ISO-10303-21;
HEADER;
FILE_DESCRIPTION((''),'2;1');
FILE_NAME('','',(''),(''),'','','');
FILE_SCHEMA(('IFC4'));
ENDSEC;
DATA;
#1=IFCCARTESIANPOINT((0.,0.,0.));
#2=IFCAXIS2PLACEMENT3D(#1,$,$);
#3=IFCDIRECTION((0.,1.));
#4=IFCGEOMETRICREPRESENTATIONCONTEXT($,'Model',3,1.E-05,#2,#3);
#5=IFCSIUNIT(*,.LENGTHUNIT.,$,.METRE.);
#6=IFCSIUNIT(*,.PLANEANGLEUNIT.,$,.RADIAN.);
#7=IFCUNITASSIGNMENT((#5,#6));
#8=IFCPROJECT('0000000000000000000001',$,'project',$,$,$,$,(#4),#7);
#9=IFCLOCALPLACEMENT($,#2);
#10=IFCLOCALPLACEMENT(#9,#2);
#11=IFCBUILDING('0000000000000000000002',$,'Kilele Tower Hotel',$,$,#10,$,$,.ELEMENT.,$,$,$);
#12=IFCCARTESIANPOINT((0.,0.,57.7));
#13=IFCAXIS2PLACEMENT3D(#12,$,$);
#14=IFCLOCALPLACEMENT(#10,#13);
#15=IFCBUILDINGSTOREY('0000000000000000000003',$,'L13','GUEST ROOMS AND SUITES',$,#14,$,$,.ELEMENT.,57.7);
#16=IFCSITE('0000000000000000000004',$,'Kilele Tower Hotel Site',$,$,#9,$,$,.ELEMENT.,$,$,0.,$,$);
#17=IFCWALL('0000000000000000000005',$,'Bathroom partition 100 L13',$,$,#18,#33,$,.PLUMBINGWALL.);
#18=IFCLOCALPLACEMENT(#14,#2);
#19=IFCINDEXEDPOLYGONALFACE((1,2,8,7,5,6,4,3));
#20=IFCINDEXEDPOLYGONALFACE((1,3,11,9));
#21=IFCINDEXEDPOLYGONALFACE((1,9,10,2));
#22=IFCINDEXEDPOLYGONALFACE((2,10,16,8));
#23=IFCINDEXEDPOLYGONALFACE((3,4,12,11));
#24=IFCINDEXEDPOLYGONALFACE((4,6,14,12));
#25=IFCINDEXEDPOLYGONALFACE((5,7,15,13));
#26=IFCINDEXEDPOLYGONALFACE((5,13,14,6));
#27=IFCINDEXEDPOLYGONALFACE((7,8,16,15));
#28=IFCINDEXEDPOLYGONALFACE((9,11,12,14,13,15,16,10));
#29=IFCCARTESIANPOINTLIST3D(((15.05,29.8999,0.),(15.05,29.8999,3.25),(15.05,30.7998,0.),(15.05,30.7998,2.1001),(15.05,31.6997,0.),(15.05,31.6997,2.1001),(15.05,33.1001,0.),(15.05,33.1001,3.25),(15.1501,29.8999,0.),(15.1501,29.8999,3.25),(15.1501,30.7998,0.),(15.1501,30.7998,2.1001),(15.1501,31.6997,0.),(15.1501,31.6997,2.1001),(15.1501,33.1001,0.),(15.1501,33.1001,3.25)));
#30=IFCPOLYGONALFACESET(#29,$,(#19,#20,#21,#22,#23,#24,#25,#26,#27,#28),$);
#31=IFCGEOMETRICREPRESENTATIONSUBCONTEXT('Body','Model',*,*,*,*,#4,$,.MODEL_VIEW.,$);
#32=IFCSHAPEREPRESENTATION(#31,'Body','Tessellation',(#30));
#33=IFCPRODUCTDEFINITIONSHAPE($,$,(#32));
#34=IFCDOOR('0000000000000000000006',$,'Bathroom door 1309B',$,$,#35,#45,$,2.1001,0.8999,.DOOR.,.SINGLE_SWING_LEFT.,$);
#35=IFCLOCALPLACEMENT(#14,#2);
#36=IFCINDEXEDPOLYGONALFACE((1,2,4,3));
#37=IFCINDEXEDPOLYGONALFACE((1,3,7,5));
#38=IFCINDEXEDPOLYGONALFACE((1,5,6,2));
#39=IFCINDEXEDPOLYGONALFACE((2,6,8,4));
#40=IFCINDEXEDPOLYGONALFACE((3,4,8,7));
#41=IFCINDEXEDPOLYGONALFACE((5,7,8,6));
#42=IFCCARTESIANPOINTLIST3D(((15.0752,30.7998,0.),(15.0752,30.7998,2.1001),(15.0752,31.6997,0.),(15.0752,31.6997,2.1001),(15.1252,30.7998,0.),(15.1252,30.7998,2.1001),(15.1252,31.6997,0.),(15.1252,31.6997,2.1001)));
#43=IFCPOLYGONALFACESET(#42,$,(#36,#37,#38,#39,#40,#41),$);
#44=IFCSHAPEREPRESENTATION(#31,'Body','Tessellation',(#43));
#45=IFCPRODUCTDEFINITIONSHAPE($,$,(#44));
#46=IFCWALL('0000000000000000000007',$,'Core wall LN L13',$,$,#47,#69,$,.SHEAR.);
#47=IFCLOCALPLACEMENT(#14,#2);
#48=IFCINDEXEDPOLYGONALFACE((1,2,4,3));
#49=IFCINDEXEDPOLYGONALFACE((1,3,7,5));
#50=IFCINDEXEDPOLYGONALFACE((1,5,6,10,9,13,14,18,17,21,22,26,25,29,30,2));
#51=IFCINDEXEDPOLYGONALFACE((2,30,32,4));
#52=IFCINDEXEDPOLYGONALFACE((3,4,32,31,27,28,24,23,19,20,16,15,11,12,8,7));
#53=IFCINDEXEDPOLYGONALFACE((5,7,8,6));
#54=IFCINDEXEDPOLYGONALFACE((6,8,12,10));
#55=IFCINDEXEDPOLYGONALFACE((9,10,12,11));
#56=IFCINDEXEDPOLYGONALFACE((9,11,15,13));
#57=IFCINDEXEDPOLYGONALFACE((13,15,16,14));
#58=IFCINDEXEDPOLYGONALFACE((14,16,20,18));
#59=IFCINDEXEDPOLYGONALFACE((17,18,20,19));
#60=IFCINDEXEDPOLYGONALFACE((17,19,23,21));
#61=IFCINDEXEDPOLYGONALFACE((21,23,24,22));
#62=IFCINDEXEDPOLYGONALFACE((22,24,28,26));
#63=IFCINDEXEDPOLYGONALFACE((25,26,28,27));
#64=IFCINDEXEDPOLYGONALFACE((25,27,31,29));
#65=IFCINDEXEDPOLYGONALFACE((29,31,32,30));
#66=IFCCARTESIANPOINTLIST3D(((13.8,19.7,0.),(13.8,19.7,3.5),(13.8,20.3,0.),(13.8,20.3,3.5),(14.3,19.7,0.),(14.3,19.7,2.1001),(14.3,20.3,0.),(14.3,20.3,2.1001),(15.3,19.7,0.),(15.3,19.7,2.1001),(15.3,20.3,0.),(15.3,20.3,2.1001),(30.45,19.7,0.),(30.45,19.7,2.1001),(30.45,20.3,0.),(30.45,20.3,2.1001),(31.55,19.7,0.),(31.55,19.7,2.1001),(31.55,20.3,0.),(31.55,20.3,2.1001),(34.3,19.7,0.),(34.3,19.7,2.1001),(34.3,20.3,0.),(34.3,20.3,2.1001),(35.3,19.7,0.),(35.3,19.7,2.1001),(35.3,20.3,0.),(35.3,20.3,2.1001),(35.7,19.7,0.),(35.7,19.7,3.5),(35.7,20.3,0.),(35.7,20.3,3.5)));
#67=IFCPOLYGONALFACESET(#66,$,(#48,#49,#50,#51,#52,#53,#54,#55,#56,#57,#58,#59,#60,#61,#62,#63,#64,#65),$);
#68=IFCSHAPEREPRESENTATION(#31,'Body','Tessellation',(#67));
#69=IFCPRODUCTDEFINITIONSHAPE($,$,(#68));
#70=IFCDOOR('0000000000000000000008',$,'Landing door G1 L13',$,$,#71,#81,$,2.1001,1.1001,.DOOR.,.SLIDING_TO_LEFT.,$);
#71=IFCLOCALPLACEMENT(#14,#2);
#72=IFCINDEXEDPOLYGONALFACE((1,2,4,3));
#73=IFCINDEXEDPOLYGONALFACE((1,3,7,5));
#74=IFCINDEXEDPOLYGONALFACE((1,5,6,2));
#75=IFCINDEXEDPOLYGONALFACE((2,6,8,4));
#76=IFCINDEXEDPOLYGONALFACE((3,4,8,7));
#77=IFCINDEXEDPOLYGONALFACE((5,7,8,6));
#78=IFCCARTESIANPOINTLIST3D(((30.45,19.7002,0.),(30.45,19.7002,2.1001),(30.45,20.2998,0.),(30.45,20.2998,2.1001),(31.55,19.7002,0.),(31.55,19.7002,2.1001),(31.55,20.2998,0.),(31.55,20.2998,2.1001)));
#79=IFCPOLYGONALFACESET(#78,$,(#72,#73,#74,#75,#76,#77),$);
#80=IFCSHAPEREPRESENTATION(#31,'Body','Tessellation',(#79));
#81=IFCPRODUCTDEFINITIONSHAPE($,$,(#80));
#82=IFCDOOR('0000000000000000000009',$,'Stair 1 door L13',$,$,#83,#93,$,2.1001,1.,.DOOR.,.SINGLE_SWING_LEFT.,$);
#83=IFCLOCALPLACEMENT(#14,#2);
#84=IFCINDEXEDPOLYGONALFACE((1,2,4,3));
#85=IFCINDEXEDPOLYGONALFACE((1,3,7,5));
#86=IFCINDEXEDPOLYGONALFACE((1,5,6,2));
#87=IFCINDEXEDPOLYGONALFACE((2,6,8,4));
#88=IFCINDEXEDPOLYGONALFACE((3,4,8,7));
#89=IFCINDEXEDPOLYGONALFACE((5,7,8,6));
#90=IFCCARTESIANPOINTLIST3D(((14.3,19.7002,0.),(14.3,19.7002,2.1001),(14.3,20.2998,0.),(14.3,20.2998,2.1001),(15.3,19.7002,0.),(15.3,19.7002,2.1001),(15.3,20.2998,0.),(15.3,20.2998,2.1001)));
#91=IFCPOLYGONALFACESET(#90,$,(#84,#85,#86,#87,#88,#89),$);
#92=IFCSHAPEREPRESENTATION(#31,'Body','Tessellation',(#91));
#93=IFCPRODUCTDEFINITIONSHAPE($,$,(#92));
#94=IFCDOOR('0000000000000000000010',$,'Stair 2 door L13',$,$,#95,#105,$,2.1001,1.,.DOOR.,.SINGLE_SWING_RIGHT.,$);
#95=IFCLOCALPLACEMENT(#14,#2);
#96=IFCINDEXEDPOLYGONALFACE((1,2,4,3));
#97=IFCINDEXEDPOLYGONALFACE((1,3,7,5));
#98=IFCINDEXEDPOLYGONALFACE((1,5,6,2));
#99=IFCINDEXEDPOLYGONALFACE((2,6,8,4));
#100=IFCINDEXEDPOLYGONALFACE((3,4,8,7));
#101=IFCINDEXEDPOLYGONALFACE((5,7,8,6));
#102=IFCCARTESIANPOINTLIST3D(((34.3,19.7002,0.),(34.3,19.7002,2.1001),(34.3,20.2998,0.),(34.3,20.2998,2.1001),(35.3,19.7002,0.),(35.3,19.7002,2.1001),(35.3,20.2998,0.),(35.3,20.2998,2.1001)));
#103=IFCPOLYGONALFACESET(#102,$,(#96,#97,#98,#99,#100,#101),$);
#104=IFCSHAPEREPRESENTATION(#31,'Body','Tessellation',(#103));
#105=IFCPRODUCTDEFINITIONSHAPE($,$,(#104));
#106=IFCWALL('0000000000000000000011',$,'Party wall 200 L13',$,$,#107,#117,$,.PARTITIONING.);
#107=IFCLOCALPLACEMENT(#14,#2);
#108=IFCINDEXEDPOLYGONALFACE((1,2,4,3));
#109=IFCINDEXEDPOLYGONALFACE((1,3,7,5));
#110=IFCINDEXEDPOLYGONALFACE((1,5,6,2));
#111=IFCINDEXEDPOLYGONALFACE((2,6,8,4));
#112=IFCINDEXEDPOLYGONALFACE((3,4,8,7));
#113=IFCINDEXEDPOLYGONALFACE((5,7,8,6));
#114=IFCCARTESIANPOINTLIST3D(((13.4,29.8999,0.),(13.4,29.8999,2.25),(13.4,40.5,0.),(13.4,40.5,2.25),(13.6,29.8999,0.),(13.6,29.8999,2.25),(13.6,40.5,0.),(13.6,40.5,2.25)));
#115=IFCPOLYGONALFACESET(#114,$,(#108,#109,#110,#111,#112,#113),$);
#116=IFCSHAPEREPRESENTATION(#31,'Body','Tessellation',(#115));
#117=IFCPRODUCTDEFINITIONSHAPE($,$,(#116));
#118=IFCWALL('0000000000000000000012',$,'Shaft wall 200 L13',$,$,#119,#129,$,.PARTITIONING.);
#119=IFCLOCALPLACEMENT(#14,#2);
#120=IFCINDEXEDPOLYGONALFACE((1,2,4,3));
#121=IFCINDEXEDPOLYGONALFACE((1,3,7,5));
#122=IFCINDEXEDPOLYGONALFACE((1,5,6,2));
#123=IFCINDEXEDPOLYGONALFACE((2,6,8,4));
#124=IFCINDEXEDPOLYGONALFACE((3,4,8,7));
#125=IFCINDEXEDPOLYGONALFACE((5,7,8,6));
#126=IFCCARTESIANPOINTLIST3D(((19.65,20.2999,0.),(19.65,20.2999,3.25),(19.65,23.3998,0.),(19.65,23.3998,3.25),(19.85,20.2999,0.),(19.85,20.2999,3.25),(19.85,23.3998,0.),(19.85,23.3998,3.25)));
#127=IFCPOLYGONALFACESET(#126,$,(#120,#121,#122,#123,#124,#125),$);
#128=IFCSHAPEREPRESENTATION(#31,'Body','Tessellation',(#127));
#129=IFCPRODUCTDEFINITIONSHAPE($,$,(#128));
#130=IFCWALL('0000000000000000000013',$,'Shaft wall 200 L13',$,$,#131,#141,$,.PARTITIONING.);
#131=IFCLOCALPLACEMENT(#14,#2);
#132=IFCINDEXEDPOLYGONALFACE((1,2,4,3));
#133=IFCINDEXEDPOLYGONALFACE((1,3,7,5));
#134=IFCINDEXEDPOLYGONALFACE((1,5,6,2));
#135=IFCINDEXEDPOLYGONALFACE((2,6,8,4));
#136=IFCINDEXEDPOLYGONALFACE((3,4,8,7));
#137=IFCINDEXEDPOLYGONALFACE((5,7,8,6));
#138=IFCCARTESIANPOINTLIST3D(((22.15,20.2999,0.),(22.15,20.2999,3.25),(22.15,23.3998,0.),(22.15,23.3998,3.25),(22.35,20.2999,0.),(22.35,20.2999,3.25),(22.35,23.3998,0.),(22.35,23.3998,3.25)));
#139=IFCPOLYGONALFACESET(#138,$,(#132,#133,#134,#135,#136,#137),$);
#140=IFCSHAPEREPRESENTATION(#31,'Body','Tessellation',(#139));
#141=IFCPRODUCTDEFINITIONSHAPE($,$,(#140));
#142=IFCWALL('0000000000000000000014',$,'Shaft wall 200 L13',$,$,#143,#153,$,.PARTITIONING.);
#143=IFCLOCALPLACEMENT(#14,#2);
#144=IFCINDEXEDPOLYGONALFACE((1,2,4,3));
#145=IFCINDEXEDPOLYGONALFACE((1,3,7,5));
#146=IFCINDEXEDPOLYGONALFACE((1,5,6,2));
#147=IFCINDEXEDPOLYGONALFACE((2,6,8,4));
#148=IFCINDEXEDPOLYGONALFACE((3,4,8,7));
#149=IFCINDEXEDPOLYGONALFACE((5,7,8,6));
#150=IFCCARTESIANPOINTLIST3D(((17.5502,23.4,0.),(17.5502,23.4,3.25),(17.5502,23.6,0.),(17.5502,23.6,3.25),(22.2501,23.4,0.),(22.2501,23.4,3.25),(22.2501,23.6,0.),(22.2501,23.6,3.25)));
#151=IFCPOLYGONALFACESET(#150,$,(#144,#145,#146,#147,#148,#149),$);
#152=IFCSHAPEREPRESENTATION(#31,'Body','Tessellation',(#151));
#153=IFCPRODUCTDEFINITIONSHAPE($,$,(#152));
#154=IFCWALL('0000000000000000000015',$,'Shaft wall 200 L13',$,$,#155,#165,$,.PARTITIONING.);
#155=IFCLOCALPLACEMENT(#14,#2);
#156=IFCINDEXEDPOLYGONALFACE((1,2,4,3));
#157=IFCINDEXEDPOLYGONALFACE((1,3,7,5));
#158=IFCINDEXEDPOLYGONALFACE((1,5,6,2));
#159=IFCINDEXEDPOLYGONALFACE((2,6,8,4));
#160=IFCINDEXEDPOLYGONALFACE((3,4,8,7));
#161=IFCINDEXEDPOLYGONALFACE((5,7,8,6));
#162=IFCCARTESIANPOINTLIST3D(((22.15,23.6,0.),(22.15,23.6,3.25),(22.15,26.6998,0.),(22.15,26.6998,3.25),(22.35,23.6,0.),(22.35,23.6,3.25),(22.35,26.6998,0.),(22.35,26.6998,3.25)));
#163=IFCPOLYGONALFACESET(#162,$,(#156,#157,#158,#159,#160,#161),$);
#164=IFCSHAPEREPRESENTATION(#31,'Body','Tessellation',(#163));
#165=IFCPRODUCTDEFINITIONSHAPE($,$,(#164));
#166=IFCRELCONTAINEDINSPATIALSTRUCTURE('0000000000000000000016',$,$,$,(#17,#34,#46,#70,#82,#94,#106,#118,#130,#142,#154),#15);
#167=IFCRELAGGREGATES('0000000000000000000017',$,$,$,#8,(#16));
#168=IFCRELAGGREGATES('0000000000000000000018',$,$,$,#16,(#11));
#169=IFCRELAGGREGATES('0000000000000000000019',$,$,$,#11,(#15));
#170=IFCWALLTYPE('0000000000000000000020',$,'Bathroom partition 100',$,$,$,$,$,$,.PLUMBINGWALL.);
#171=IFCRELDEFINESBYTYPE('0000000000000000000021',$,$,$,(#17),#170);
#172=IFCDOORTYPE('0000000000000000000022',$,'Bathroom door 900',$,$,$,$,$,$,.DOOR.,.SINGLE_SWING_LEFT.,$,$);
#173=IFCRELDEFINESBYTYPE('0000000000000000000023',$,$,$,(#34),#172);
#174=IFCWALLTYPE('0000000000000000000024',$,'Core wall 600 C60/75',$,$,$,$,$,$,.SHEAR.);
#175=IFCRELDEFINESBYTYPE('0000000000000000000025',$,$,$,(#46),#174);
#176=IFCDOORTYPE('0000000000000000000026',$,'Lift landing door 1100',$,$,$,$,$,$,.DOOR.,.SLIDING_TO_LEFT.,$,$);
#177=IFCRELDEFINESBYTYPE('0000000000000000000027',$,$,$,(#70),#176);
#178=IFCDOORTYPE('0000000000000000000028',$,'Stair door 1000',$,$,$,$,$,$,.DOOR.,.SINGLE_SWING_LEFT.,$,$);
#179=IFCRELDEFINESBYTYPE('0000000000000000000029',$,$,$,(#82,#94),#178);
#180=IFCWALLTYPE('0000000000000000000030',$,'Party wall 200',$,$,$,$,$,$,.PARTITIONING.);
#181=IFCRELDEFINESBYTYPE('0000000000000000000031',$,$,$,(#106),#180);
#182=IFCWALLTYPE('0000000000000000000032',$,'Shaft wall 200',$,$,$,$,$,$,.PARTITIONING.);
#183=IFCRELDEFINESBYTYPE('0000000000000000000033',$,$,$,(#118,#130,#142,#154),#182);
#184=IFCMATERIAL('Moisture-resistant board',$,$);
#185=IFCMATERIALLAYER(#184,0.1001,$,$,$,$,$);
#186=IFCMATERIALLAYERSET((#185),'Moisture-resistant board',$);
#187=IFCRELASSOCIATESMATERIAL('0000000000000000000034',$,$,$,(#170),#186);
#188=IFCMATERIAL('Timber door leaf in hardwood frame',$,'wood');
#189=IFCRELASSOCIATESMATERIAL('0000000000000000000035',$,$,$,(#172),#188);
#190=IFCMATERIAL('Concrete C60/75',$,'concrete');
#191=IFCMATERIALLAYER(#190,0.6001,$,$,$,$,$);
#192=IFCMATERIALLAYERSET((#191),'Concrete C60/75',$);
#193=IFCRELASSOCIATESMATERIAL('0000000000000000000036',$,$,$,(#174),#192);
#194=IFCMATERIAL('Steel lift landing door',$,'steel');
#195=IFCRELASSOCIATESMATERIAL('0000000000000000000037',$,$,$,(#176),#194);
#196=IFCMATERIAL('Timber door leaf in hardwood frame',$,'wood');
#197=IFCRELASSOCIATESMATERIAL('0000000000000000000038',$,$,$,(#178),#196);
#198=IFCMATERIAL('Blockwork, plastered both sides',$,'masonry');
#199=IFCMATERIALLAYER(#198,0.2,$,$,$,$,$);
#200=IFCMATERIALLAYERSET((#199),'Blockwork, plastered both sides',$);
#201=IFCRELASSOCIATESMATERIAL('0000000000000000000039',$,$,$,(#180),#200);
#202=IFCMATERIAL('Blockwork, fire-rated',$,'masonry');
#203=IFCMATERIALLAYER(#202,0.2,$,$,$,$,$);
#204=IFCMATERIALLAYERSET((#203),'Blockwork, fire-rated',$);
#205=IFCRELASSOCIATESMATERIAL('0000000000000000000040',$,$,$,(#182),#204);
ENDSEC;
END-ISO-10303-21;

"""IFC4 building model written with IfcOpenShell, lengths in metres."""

from ifc_helpers import new_model, si_unit, direction, frame, frame_2d, origin, place, context, subcontext, project, spatial, rectangle, extrude, material, layer, layer_set, type_object, element, fill, save


model = new_model("IFC4")

# Units and contexts
model_context = context("Model", 3, precision=1e-05, world=origin(), true_north=direction((0.0, 1.0)))
body_context = subcontext(model_context, "Body", "Model", "MODEL_VIEW")
ifc_project = project(units=[si_unit("LENGTHUNIT", "METRE"), si_unit("PLANEANGLEUNIT", "RADIAN")], contexts=[model_context])

# Site, building, storey
site_placement = place(None, origin())
site = spatial("IfcSite", under=ifc_project, at=site_placement, Name="Kilele Tower Hotel Site", CompositionType="ELEMENT", RefElevation=0.0)
building_placement = place(site_placement, origin())
building = spatial("IfcBuilding", under=site, at=building_placement, Name="Kilele Tower Hotel", CompositionType="ELEMENT")
storey_placement = place(building_placement, frame((0.0, 0.0, 57.7)))
storey = spatial("IfcBuildingStorey", under=building, at=storey_placement, Name="L13", Description="GUEST ROOMS AND SUITES", CompositionType="ELEMENT", Elevation=57.7)

# Wall, opening, door
ifc_material_1 = material(Name="Moisture-resistant board")
ifc_layer_1 = layer(ifc_material_1, 0.1001)
ifc_layer_set_1 = layer_set([ifc_layer_1], Name="Moisture-resistant board")
wall_type_1 = type_object("IfcWallType", Name="Bathroom partition 100", PredefinedType="PLUMBINGWALL", material=ifc_layer_set_1)
wall_1_placement = place(storey_placement, frame((15.1001, 29.8999, 0.0), z_axis=(0.0, 0.0, 1.0), x_axis=(0.0, 1.0, 0.0)))
wall_1 = element("IfcWall", 1, at=wall_1_placement, inside=storey, type_object=wall_type_1, Name="Bathroom partition 100 L13", PredefinedType="PLUMBINGWALL", context=body_context, shape_type="SweptSolid", body=[
    extrude(rectangle(XDim=3.2002, YDim=0.1001, at=frame_2d((1.6001, 0.0))), origin(), (0.0, 0.0, 1.0), 3.25),
])
opening_1_placement = place(wall_1_placement, frame((0.8999, 0.0, 0.0)))
opening_1 = element("IfcOpeningElement", 2, at=opening_1_placement, cuts=wall_1, PredefinedType="OPENING", context=body_context, shape_type="SweptSolid", body=[
    extrude(rectangle(XDim=0.8999, YDim=2.1001, at=frame_2d((0.45, 1.05))), frame((0.0, 0.0601, 0.0), z_axis=(0.0, -1.0, 0.0), x_axis=(1.0, 0.0, 0.0)), (0.0, 0.0, 1.0), 0.1201),
])
ifc_material_2 = material(Name="Timber door leaf in hardwood frame", Category="wood")
door_type_1 = type_object("IfcDoorType", Name="Bathroom door 900", OperationType="SINGLE_SWING_LEFT", PredefinedType="DOOR", material=ifc_material_2)
door_1_placement = place(opening_1_placement, origin())
door_1 = element("IfcDoor", 3, at=door_1_placement, inside=storey, type_object=door_type_1, Name="Bathroom door 1309B", OperationType="SINGLE_SWING_LEFT", OverallHeight=2.1001, OverallWidth=0.8999, PredefinedType="DOOR", context=body_context, shape_type="SweptSolid", body=[
    extrude(rectangle(XDim=0.8999, YDim=2.1001, at=frame_2d((0.45, 1.05))), frame((0.0, 0.0249, 0.0), z_axis=(0.0, -1.0, 0.0), x_axis=(1.0, 0.0, 0.0)), (0.0, 0.0, 1.0), 0.05),
])
fill(opening_1, door_1)

# Wall, openings, doors
ifc_material_3 = material(Name="Concrete C60/75", Category="concrete")
ifc_layer_2 = layer(ifc_material_3, 0.6001)
ifc_layer_set_2 = layer_set([ifc_layer_2], Name="Concrete C60/75")
wall_type_2 = type_object("IfcWallType", Name="Core wall 600 C60/75", PredefinedType="SHEAR", material=ifc_layer_set_2)
wall_2_placement = place(storey_placement, frame((13.8, 20.0, 0.0), z_axis=(0.0, 0.0, 1.0), x_axis=(1.0, 0.0, 0.0)))
wall_2 = element("IfcWall", 4, at=wall_2_placement, inside=storey, type_object=wall_type_2, Name="Core wall LN L13", PredefinedType="SHEAR", context=body_context, shape_type="SweptSolid", body=[
    extrude(rectangle(XDim=21.8999, YDim=0.6001, at=frame_2d((10.95, 0.0))), origin(), (0.0, 0.0, 1.0), 3.5),
])
opening_2_placement = place(wall_2_placement, frame((0.5, 0.0, 0.0)))
opening_2 = element("IfcOpeningElement", 5, at=opening_2_placement, cuts=wall_2, PredefinedType="OPENING", context=body_context, shape_type="SweptSolid", body=[
    extrude(rectangle(XDim=1.0, YDim=2.1001, at=frame_2d((0.5, 1.05))), frame((0.0, 0.3101, 0.0), z_axis=(0.0, -1.0, 0.0), x_axis=(1.0, 0.0, 0.0)), (0.0, 0.0, 1.0), 0.6201),
])
opening_3_placement = place(wall_2_placement, frame((20.5, 0.0, 0.0)))
opening_3 = element("IfcOpeningElement", 6, at=opening_3_placement, cuts=wall_2, PredefinedType="OPENING", context=body_context, shape_type="SweptSolid", body=[
    extrude(rectangle(XDim=1.0, YDim=2.1001, at=frame_2d((0.5, 1.05))), frame((0.0, 0.3101, 0.0), z_axis=(0.0, -1.0, 0.0), x_axis=(1.0, 0.0, 0.0)), (0.0, 0.0, 1.0), 0.6201),
])
opening_4_placement = place(wall_2_placement, frame((16.6499, 0.0, 0.0)))
opening_4 = element("IfcOpeningElement", 7, at=opening_4_placement, cuts=wall_2, PredefinedType="OPENING", context=body_context, shape_type="SweptSolid", body=[
    extrude(rectangle(XDim=1.1001, YDim=2.1001, at=frame_2d((0.55, 1.05))), frame((0.0, 0.3101, 0.0), z_axis=(0.0, -1.0, 0.0), x_axis=(1.0, 0.0, 0.0)), (0.0, 0.0, 1.0), 0.6201),
])
ifc_material_4 = material(Name="Steel lift landing door", Category="steel")
door_type_2 = type_object("IfcDoorType", Name="Lift landing door 1100", OperationType="SLIDING_TO_LEFT", PredefinedType="DOOR", material=ifc_material_4)
door_2_placement = place(opening_4_placement, origin())
door_2 = element("IfcDoor", 8, at=door_2_placement, inside=storey, type_object=door_type_2, Name="Landing door G1 L13", OperationType="SLIDING_TO_LEFT", OverallHeight=2.1001, OverallWidth=1.1001, PredefinedType="DOOR", context=body_context, shape_type="SweptSolid", body=[
    extrude(rectangle(XDim=1.1001, YDim=2.1001, at=frame_2d((0.55, 1.05))), frame((0.0, 0.2998, 0.0), z_axis=(0.0, -1.0, 0.0), x_axis=(1.0, 0.0, 0.0)), (0.0, 0.0, 1.0), 0.5996),
])
fill(opening_4, door_2)
ifc_material_5 = material(Name="Timber door leaf in hardwood frame", Category="wood")
door_type_3 = type_object("IfcDoorType", Name="Stair door 1000", OperationType="SINGLE_SWING_LEFT", PredefinedType="DOOR", material=ifc_material_5)
door_3_placement = place(opening_2_placement, origin())
door_3 = element("IfcDoor", 9, at=door_3_placement, inside=storey, type_object=door_type_3, Name="Stair 1 door L13", OperationType="SINGLE_SWING_LEFT", OverallHeight=2.1001, OverallWidth=1.0, PredefinedType="DOOR", context=body_context, shape_type="SweptSolid", body=[
    extrude(rectangle(XDim=1.0, YDim=2.1001, at=frame_2d((0.5, 1.05))), frame((0.0, 0.2998, 0.0), z_axis=(0.0, -1.0, 0.0), x_axis=(1.0, 0.0, 0.0)), (0.0, 0.0, 1.0), 0.5996),
])
fill(opening_2, door_3)
door_4_placement = place(opening_3_placement, origin())
door_4 = element("IfcDoor", 10, at=door_4_placement, inside=storey, type_object=door_type_3, Name="Stair 2 door L13", OperationType="SINGLE_SWING_RIGHT", OverallHeight=2.1001, OverallWidth=1.0, PredefinedType="DOOR", context=body_context, shape_type="SweptSolid", body=[
    extrude(rectangle(XDim=1.0, YDim=2.1001, at=frame_2d((0.5, 1.05))), frame((0.0, 0.2998, 0.0), z_axis=(0.0, -1.0, 0.0), x_axis=(1.0, 0.0, 0.0)), (0.0, 0.0, 1.0), 0.5996),
])
fill(opening_3, door_4)

# Walls
ifc_material_6 = material(Name="Blockwork, plastered both sides", Category="masonry")
ifc_layer_3 = layer(ifc_material_6, 0.2)
ifc_layer_set_3 = layer_set([ifc_layer_3], Name="Blockwork, plastered both sides")
wall_type_3 = type_object("IfcWallType", Name="Party wall 200", PredefinedType="PARTITIONING", material=ifc_layer_set_3)
wall_3_placement = place(storey_placement, frame((13.5, 29.8999, 0.0), z_axis=(0.0, 0.0, 1.0), x_axis=(0.0, 1.0, 0.0)))
element("IfcWall", 11, at=wall_3_placement, inside=storey, type_object=wall_type_3, Name="Party wall 200 L13", PredefinedType="PARTITIONING", context=body_context, shape_type="SweptSolid", body=[
    extrude(rectangle(XDim=10.6001, YDim=0.2, at=frame_2d((5.3, 0.0))), origin(), (0.0, 0.0, 1.0), 2.25),
])
ifc_material_7 = material(Name="Blockwork, fire-rated", Category="masonry")
ifc_layer_4 = layer(ifc_material_7, 0.2)
ifc_layer_set_4 = layer_set([ifc_layer_4], Name="Blockwork, fire-rated")
wall_type_4 = type_object("IfcWallType", Name="Shaft wall 200", PredefinedType="PARTITIONING", material=ifc_layer_set_4)
for number, where, z_axis, x_axis, name in (
    (12, (19.75, 20.3, 0.0), (0.0, 0.0, 1.0), (0.0, 1.0, 0.0), "Shaft wall 200 L13"),
    (13, (22.25, 20.3, 0.0), (0.0, 0.0, 1.0), (0.0, 1.0, 0.0), "Shaft wall 200 L13"),
):
    element("IfcWall", number, at=place(storey_placement, frame(where, z_axis=z_axis, x_axis=x_axis)), inside=storey, type_object=wall_type_4, Name=name, PredefinedType="PARTITIONING", context=body_context, shape_type="SweptSolid", body=[
        extrude(rectangle(XDim=3.0999, YDim=0.2, at=frame_2d((1.5498, 0.0))), origin(), (0.0, 0.0, 1.0), 3.25),
    ])
wall_4_placement = place(storey_placement, frame((17.55, 23.5, 0.0), z_axis=(0.0, 0.0, 1.0), x_axis=(1.0, 0.0, 0.0)))
element("IfcWall", 14, at=wall_4_placement, inside=storey, type_object=wall_type_4, Name="Shaft wall 200 L13", PredefinedType="PARTITIONING", context=body_context, shape_type="SweptSolid", body=[
    extrude(rectangle(XDim=4.7, YDim=0.2, at=frame_2d((2.3501, 0.0))), origin(), (0.0, 0.0, 1.0), 3.25),
])
wall_5_placement = place(storey_placement, frame((22.25, 23.6001, 0.0), z_axis=(0.0, 0.0, 1.0), x_axis=(0.0, 1.0, 0.0)))
element("IfcWall", 15, at=wall_5_placement, inside=storey, type_object=wall_type_4, Name="Shaft wall 200 L13", PredefinedType="PARTITIONING", context=body_context, shape_type="SweptSolid", body=[
    extrude(rectangle(XDim=3.0999, YDim=0.2, at=frame_2d((1.5498, 0.0))), origin(), (0.0, 0.0, 1.0), 3.25),
])

save(model, "model.ifc")
